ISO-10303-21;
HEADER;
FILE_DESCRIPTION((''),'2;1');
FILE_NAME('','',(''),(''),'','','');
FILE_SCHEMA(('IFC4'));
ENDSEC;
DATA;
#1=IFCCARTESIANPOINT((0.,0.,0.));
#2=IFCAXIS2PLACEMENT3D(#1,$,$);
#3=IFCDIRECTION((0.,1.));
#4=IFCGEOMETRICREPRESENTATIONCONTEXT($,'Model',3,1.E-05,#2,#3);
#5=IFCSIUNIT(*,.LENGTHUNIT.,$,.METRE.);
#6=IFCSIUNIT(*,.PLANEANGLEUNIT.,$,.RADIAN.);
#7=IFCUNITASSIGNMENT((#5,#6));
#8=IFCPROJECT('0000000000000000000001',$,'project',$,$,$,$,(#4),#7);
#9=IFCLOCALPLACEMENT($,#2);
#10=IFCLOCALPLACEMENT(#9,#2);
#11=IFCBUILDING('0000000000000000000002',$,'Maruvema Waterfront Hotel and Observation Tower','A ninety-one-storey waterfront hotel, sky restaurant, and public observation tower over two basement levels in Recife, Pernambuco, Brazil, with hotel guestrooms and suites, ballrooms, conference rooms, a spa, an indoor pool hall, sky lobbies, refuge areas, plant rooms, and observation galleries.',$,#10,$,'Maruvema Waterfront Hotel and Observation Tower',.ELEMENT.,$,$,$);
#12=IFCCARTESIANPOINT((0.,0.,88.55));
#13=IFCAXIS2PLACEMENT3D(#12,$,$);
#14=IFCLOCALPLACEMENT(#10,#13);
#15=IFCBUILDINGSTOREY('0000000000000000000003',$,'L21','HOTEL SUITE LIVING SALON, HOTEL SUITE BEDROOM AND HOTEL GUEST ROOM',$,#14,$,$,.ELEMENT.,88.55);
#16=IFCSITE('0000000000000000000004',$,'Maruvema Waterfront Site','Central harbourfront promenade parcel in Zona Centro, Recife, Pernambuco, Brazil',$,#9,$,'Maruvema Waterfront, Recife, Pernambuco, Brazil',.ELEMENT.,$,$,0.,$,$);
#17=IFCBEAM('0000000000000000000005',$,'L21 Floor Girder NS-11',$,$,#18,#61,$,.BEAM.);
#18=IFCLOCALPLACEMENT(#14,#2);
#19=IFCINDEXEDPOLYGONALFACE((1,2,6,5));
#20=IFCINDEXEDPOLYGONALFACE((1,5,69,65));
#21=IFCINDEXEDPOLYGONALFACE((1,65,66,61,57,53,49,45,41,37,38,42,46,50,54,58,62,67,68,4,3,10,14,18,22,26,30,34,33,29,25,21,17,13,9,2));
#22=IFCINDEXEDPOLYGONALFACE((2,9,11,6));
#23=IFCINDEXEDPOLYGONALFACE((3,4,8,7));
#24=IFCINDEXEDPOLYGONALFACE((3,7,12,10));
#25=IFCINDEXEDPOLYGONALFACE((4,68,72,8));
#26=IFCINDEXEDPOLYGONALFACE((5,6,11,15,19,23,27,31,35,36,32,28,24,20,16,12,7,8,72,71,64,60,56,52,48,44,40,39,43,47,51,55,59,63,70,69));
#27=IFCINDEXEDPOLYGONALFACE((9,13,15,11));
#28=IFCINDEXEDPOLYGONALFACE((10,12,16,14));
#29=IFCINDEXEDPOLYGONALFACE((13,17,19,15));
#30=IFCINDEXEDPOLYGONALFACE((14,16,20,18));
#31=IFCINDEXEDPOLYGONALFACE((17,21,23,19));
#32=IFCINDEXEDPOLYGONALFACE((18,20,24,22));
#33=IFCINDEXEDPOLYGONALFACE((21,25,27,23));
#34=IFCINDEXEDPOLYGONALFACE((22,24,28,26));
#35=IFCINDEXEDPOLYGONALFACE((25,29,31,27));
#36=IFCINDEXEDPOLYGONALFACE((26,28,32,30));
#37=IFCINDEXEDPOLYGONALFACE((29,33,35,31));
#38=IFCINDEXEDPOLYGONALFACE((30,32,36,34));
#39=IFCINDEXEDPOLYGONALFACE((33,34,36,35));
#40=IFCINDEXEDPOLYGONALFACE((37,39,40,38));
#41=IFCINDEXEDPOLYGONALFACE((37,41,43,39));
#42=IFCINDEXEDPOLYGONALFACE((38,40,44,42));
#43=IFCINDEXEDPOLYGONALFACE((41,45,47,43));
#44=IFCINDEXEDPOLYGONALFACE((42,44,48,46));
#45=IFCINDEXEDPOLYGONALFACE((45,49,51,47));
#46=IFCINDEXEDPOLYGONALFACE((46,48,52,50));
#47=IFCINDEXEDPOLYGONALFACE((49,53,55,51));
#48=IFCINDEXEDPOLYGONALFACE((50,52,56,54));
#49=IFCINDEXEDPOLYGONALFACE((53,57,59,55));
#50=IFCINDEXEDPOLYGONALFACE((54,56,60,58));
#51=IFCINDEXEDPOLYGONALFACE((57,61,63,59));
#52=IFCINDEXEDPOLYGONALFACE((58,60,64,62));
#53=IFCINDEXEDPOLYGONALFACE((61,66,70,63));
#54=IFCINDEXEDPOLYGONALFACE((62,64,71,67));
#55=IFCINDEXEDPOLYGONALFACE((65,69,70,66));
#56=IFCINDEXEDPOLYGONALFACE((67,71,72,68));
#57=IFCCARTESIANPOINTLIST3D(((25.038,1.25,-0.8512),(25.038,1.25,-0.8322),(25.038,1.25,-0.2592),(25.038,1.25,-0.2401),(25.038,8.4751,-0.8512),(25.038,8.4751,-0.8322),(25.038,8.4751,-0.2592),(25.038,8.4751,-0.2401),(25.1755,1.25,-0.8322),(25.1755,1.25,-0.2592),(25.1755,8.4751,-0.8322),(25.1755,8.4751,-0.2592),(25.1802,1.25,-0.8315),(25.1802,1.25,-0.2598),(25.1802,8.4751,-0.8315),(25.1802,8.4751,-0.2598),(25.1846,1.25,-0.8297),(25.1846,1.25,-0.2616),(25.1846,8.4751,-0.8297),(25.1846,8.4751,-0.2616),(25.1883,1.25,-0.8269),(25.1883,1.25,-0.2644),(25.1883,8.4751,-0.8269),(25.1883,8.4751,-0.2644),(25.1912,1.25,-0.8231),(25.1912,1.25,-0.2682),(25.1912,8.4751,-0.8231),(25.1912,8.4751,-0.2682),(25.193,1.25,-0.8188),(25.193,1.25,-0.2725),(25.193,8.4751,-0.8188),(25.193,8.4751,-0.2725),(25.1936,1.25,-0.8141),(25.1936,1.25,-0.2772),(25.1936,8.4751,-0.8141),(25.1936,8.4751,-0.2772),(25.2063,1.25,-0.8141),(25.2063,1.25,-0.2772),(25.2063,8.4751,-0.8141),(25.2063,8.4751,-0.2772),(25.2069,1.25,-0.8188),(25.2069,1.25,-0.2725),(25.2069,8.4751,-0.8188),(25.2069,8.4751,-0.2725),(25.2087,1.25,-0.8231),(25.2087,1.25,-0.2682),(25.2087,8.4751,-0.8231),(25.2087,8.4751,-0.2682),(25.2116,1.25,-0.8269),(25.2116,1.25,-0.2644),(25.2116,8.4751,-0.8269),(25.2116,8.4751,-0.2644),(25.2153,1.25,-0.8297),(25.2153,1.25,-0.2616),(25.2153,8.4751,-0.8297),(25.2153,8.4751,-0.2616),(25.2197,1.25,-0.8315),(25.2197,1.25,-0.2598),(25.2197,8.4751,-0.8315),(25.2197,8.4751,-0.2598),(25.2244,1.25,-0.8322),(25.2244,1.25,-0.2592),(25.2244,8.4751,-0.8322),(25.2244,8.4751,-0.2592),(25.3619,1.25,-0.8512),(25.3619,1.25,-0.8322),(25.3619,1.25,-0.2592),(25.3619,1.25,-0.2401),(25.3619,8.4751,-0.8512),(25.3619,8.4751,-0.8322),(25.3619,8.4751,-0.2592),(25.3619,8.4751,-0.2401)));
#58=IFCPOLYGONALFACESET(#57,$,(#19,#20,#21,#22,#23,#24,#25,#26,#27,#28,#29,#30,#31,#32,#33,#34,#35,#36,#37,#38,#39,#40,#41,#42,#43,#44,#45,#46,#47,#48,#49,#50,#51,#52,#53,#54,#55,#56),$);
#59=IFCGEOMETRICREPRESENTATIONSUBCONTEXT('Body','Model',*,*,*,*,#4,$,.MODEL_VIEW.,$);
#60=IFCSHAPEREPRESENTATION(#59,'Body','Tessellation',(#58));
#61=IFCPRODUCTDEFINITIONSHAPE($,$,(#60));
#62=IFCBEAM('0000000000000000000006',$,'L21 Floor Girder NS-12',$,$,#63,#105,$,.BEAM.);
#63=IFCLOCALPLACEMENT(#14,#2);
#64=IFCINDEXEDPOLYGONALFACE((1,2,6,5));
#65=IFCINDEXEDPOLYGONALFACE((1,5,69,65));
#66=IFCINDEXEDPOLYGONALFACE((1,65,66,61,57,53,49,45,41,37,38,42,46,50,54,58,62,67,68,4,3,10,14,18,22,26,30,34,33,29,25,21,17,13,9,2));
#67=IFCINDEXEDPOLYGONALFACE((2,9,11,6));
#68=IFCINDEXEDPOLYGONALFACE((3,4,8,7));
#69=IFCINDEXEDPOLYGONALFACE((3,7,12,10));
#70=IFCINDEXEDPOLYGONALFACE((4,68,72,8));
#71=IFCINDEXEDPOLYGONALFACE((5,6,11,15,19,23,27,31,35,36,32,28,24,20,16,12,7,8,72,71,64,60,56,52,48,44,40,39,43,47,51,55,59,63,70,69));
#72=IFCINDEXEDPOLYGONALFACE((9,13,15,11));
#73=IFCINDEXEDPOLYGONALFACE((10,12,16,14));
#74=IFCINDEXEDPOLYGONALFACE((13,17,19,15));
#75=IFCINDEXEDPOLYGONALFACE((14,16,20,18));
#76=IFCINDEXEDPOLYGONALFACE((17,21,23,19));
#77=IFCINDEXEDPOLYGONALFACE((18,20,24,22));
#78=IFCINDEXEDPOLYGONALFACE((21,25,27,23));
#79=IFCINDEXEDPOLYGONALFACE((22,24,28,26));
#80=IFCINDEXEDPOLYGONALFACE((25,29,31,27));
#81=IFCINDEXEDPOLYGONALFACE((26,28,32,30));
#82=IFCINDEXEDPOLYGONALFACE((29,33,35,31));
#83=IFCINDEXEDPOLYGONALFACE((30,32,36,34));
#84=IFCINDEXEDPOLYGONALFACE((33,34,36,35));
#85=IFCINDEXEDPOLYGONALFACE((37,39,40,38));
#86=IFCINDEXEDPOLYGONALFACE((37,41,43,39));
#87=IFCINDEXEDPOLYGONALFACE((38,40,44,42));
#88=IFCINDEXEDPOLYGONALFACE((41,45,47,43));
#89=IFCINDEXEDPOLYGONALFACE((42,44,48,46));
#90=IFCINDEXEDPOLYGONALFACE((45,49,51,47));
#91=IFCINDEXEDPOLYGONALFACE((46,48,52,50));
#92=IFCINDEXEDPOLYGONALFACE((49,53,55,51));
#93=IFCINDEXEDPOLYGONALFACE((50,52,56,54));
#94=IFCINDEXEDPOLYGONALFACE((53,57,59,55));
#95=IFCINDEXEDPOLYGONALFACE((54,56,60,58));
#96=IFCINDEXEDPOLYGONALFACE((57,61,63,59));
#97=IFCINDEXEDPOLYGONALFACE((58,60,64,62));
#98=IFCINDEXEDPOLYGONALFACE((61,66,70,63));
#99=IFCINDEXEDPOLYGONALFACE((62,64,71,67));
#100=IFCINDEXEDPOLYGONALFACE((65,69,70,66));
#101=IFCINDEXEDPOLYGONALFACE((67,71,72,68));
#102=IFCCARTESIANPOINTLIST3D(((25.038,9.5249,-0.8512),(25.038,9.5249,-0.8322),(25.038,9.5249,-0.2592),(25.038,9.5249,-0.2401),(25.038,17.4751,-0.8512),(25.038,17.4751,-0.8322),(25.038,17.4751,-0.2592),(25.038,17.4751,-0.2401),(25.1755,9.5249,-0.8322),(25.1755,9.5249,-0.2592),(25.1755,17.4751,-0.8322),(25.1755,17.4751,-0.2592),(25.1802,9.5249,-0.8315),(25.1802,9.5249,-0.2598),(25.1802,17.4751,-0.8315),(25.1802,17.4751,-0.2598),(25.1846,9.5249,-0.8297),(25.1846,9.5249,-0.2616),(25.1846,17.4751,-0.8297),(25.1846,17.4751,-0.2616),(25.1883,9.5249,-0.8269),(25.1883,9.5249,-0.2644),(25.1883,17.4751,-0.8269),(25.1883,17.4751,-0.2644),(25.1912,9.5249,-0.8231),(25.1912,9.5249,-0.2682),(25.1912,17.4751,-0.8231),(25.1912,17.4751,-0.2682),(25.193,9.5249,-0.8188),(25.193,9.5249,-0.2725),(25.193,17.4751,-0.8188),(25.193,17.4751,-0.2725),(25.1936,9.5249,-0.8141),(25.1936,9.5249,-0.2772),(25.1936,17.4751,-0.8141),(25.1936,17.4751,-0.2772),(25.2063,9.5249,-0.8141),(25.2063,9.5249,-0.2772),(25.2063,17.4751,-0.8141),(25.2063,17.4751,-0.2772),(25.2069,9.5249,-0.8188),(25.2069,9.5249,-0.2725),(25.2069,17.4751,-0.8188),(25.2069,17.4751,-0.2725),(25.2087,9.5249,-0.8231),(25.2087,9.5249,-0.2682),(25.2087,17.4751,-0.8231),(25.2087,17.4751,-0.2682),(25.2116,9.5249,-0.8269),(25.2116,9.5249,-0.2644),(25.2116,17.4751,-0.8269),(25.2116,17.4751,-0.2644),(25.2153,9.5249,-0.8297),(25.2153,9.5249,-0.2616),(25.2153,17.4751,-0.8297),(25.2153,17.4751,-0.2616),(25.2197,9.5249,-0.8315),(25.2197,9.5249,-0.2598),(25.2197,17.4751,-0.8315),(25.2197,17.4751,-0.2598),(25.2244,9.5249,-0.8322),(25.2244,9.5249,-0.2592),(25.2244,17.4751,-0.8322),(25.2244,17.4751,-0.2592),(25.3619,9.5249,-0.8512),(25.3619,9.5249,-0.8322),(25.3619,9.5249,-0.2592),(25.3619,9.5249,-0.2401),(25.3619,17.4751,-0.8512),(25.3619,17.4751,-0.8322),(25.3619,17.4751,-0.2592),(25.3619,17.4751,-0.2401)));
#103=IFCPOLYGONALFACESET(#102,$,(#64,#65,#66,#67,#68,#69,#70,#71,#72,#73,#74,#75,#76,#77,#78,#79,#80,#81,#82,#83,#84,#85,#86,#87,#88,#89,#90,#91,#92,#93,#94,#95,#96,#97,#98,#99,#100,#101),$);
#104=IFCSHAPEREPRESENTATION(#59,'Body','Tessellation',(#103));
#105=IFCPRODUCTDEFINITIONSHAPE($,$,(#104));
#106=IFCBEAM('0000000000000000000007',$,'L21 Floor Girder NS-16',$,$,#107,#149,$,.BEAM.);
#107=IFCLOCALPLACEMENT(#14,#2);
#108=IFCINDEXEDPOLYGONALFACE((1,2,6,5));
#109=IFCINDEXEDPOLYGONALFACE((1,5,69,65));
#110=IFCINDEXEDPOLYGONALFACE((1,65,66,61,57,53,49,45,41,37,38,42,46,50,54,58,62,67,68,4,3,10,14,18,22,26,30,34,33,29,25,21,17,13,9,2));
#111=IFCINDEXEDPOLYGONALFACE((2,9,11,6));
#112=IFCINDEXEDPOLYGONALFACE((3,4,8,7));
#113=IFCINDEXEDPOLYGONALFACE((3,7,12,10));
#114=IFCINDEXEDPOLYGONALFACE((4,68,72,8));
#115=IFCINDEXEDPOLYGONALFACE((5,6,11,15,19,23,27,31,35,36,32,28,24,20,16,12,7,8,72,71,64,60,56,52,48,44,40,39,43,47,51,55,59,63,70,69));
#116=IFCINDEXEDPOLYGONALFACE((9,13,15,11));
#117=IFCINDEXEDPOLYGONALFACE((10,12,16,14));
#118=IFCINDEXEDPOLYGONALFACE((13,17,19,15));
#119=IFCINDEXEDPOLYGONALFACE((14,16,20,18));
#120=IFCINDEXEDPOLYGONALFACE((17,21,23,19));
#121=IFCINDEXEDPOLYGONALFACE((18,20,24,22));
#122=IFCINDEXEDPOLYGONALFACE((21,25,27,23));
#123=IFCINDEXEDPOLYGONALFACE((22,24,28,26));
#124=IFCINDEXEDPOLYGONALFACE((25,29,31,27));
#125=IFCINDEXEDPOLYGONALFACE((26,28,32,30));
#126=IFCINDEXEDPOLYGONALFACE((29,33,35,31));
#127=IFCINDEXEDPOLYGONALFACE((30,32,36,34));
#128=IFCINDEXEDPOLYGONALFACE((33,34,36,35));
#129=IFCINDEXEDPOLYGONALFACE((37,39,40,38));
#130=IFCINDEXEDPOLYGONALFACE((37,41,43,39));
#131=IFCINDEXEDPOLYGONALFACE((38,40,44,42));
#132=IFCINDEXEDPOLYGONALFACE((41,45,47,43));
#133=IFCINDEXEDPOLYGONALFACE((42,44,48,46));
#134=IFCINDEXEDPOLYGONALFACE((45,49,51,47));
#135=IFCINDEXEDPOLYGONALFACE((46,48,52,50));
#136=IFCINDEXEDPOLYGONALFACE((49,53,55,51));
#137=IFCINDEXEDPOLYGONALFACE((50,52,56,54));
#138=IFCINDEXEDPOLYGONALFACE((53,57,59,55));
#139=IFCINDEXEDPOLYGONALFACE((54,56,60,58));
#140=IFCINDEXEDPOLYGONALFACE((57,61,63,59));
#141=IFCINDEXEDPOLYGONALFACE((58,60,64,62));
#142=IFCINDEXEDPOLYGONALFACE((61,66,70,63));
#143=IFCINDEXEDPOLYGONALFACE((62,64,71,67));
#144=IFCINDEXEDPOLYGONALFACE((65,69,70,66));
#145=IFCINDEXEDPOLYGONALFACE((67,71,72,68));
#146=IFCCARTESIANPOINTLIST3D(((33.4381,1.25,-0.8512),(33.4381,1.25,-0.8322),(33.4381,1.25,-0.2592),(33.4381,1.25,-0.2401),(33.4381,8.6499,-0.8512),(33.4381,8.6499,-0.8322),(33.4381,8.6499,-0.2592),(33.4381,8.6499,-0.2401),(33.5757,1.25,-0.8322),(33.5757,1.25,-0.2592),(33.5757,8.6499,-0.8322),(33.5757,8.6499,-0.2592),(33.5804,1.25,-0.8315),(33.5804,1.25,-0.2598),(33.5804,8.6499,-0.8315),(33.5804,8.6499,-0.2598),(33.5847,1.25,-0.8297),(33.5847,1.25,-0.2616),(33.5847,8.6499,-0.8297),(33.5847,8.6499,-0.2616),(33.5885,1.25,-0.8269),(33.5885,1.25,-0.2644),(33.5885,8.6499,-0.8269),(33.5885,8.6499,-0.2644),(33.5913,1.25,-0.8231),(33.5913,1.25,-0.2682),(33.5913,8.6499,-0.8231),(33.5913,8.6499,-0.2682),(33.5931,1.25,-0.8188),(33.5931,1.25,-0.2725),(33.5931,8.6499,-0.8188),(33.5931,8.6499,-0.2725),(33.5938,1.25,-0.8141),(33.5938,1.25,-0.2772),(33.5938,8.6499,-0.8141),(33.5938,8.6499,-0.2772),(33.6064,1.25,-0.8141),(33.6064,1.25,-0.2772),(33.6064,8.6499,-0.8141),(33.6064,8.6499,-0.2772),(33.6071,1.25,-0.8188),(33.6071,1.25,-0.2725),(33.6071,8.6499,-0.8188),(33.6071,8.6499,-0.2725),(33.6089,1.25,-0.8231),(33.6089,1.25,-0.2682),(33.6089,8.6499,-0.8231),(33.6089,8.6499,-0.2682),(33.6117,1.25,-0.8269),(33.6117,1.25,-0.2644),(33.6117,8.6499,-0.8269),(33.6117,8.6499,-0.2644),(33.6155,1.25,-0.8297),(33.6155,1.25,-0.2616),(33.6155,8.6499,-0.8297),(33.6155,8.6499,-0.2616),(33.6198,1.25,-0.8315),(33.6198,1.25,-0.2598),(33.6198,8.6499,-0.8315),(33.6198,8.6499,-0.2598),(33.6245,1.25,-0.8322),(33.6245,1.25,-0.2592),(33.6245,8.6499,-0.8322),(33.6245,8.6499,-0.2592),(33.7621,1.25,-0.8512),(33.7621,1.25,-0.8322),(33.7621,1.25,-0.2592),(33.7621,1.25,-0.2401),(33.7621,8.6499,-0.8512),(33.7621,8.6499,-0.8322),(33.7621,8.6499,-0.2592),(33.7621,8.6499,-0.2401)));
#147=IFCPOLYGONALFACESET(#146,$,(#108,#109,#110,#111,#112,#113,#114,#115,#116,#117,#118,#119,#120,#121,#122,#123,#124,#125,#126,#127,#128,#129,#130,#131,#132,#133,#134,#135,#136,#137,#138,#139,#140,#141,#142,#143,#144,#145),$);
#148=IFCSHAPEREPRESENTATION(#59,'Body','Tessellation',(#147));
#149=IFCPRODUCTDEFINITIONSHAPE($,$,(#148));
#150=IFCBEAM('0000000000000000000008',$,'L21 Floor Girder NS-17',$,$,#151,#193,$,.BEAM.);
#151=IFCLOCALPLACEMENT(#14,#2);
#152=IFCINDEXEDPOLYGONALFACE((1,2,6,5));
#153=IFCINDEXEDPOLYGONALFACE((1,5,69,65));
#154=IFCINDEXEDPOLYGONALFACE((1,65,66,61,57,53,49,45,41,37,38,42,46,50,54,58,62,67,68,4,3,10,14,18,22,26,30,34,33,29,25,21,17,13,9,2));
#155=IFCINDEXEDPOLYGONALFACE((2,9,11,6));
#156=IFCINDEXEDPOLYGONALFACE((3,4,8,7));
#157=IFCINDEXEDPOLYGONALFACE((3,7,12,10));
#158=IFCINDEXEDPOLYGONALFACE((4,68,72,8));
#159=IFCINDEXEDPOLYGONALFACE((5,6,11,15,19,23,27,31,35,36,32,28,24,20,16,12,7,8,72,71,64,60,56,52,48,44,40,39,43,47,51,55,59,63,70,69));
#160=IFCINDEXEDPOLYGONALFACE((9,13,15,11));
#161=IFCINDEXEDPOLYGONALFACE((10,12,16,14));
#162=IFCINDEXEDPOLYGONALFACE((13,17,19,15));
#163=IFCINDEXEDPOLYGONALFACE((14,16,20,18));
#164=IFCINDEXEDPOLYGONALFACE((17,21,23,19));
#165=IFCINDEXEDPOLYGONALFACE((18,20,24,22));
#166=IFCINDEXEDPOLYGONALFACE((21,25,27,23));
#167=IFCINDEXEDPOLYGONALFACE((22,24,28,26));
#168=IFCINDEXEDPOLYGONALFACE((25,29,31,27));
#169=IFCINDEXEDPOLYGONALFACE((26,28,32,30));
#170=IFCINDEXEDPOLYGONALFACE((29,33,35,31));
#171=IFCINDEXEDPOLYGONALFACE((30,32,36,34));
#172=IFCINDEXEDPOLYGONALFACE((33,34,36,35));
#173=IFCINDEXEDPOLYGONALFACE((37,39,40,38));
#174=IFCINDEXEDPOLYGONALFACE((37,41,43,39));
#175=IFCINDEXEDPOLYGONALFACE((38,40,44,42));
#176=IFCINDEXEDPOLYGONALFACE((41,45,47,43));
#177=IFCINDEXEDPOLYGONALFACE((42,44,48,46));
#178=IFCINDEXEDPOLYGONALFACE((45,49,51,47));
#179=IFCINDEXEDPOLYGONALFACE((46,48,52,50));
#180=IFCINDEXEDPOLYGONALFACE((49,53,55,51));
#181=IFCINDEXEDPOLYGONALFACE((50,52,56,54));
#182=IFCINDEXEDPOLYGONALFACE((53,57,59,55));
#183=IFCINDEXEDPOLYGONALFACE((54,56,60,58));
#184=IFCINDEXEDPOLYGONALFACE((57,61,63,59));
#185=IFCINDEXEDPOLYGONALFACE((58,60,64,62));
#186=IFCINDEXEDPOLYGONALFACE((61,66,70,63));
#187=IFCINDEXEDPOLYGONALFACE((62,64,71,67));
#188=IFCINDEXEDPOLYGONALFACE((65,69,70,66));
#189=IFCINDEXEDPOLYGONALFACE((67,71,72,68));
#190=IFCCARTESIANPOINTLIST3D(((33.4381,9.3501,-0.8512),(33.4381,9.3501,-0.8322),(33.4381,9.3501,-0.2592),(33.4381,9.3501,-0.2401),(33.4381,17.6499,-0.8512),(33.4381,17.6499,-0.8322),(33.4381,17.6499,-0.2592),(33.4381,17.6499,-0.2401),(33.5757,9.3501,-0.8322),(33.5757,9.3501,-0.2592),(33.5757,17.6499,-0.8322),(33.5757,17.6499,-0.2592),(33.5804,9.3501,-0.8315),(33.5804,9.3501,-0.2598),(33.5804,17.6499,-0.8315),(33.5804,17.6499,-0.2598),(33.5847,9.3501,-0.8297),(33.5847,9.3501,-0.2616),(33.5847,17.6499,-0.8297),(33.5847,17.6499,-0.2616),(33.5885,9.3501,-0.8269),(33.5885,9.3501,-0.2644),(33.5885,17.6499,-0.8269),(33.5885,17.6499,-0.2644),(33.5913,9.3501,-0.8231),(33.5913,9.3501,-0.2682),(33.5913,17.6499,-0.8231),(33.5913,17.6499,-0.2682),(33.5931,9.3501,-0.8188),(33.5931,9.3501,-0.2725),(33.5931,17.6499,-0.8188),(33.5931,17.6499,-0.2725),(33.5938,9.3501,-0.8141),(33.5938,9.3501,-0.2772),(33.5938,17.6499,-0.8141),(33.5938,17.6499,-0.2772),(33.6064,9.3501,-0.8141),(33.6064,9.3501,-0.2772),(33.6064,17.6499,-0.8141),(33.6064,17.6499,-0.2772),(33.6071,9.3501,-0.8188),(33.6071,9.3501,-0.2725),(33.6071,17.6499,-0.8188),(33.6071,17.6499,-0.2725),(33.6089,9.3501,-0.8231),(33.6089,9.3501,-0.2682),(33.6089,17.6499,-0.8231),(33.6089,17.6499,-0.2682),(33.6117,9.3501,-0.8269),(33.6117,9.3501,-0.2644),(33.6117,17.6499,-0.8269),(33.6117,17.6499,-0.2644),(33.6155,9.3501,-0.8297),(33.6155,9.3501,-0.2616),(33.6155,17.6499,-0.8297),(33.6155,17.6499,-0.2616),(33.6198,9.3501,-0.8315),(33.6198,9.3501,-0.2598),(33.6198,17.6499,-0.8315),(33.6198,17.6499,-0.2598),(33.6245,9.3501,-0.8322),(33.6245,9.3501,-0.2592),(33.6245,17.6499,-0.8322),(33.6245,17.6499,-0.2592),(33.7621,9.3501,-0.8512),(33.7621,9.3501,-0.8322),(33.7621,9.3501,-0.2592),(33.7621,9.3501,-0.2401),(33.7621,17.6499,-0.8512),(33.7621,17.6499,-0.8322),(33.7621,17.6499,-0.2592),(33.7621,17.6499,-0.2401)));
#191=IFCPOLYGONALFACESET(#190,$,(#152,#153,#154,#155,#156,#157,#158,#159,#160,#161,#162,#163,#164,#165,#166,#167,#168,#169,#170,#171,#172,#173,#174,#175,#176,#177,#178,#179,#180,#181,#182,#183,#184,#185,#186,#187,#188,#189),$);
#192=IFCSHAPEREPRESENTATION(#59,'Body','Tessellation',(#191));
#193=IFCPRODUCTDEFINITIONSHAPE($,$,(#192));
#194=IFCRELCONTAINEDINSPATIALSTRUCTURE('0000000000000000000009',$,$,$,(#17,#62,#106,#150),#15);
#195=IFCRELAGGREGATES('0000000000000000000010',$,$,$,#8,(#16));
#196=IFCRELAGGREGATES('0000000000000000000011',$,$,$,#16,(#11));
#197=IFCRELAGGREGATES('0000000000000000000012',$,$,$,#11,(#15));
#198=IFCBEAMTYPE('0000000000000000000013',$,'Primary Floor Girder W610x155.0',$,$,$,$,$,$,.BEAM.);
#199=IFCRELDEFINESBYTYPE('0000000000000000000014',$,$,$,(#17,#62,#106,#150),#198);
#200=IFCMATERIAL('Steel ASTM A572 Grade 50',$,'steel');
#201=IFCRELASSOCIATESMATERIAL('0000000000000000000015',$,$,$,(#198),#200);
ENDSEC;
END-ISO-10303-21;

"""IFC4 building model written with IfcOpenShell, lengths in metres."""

from ifc_helpers import new_model, si_unit, direction, frame, origin, origin_2d, place, context, subcontext, project, spatial, i_section, extrude, material, material_profile, profile_set, type_object, element, save


model = new_model("IFC4")

# Units and contexts
model_context = context("Model", 3, precision=1e-05, world=origin(), true_north=direction((0.0, 1.0)))
body_context = subcontext(model_context, "Body", "Model", "MODEL_VIEW")
ifc_project = project(units=[si_unit("LENGTHUNIT", "METRE"), si_unit("PLANEANGLEUNIT", "RADIAN")], contexts=[model_context])

# Site, building, storey
site_placement = place(None, origin())
site = spatial("IfcSite", under=ifc_project, at=site_placement, Name="Maruvema Waterfront Site", Description="Central harbourfront promenade parcel in Zona Centro, Recife, Pernambuco, Brazil", LongName="Maruvema Waterfront, Recife, Pernambuco, Brazil", CompositionType="ELEMENT", RefElevation=0.0)
building_placement = place(site_placement, origin())
building = spatial("IfcBuilding", under=site, at=building_placement, Name="Maruvema Waterfront Hotel and Observation Tower", Description="A ninety-one-storey waterfront hotel, sky restaurant, and public observation tower over two basement levels in Recife, Pernambuco, Brazil, with hotel guestrooms and suites, ballrooms, conference rooms, a spa, an indoor pool hall, sky lobbies, refuge areas, plant rooms, and observation galleries.", LongName="Maruvema Waterfront Hotel and Observation Tower", CompositionType="ELEMENT")
storey_placement = place(building_placement, frame((0.0, 0.0, 88.55)))
storey = spatial("IfcBuildingStorey", under=building, at=storey_placement, Name="L21", Description="HOTEL SUITE LIVING SALON, HOTEL SUITE BEDROOM AND HOTEL GUEST ROOM", CompositionType="ELEMENT", Elevation=88.55)

# Beams
ifc_material_1 = material(Name="Steel ASTM A572 Grade 50", Category="steel")
ifc_material_profile_1 = material_profile(ifc_material_1, i_section(OverallWidth=0.324, OverallDepth=0.6111, WebThickness=0.0127, FlangeThickness=0.019, FilletRadius=0.0181, at=origin_2d()), Name="W610x155.0")
ifc_profile_set_1 = profile_set([ifc_material_profile_1], Name="Steel ASTM A572 Grade 50")
beam_type_1 = type_object("IfcBeamType", Name="Primary Floor Girder W610x155.0", PredefinedType="BEAM", material=ifc_profile_set_1)
beam_1_placement = place(storey_placement, frame((25.2, 1.25, -0.5457), z_axis=(0.0, 1.0, 0.0), x_axis=(-1.0, 0.0, 0.0)))
element("IfcBeam", 1, at=beam_1_placement, inside=storey, type_object=beam_type_1, Name="L21 Floor Girder NS-11", PredefinedType="BEAM", context=body_context, shape_type="SweptSolid", body=[
    extrude(i_section(OverallWidth=0.324, OverallDepth=0.6111, WebThickness=0.0127, FlangeThickness=0.019, FilletRadius=0.0181, at=origin_2d()), origin(), (0.0, 0.0, 1.0), 7.2251),
])
beam_2_placement = place(storey_placement, frame((25.2, 9.5249, -0.5457), z_axis=(0.0, 1.0, 0.0), x_axis=(-1.0, 0.0, 0.0)))
element("IfcBeam", 2, at=beam_2_placement, inside=storey, type_object=beam_type_1, Name="L21 Floor Girder NS-12", PredefinedType="BEAM", context=body_context, shape_type="SweptSolid", body=[
    extrude(i_section(OverallWidth=0.324, OverallDepth=0.6111, WebThickness=0.0127, FlangeThickness=0.019, FilletRadius=0.0181, at=origin_2d()), origin(), (0.0, 0.0, 1.0), 7.9502),
])
beam_3_placement = place(storey_placement, frame((33.6001, 1.25, -0.5457), z_axis=(0.0, 1.0, 0.0), x_axis=(-1.0, 0.0, 0.0)))
element("IfcBeam", 3, at=beam_3_placement, inside=storey, type_object=beam_type_1, Name="L21 Floor Girder NS-16", PredefinedType="BEAM", context=body_context, shape_type="SweptSolid", body=[
    extrude(i_section(OverallWidth=0.324, OverallDepth=0.6111, WebThickness=0.0127, FlangeThickness=0.019, FilletRadius=0.0181, at=origin_2d()), origin(), (0.0, 0.0, 1.0), 7.3999),
])
beam_4_placement = place(storey_placement, frame((33.6001, 9.3501, -0.5457), z_axis=(0.0, 1.0, 0.0), x_axis=(-1.0, 0.0, 0.0)))
element("IfcBeam", 4, at=beam_4_placement, inside=storey, type_object=beam_type_1, Name="L21 Floor Girder NS-17", PredefinedType="BEAM", context=body_context, shape_type="SweptSolid", body=[
    extrude(i_section(OverallWidth=0.324, OverallDepth=0.6111, WebThickness=0.0127, FlangeThickness=0.019, FilletRadius=0.0181, at=origin_2d()), origin(), (0.0, 0.0, 1.0), 8.2998),
])

save(model, "model.ifc")
